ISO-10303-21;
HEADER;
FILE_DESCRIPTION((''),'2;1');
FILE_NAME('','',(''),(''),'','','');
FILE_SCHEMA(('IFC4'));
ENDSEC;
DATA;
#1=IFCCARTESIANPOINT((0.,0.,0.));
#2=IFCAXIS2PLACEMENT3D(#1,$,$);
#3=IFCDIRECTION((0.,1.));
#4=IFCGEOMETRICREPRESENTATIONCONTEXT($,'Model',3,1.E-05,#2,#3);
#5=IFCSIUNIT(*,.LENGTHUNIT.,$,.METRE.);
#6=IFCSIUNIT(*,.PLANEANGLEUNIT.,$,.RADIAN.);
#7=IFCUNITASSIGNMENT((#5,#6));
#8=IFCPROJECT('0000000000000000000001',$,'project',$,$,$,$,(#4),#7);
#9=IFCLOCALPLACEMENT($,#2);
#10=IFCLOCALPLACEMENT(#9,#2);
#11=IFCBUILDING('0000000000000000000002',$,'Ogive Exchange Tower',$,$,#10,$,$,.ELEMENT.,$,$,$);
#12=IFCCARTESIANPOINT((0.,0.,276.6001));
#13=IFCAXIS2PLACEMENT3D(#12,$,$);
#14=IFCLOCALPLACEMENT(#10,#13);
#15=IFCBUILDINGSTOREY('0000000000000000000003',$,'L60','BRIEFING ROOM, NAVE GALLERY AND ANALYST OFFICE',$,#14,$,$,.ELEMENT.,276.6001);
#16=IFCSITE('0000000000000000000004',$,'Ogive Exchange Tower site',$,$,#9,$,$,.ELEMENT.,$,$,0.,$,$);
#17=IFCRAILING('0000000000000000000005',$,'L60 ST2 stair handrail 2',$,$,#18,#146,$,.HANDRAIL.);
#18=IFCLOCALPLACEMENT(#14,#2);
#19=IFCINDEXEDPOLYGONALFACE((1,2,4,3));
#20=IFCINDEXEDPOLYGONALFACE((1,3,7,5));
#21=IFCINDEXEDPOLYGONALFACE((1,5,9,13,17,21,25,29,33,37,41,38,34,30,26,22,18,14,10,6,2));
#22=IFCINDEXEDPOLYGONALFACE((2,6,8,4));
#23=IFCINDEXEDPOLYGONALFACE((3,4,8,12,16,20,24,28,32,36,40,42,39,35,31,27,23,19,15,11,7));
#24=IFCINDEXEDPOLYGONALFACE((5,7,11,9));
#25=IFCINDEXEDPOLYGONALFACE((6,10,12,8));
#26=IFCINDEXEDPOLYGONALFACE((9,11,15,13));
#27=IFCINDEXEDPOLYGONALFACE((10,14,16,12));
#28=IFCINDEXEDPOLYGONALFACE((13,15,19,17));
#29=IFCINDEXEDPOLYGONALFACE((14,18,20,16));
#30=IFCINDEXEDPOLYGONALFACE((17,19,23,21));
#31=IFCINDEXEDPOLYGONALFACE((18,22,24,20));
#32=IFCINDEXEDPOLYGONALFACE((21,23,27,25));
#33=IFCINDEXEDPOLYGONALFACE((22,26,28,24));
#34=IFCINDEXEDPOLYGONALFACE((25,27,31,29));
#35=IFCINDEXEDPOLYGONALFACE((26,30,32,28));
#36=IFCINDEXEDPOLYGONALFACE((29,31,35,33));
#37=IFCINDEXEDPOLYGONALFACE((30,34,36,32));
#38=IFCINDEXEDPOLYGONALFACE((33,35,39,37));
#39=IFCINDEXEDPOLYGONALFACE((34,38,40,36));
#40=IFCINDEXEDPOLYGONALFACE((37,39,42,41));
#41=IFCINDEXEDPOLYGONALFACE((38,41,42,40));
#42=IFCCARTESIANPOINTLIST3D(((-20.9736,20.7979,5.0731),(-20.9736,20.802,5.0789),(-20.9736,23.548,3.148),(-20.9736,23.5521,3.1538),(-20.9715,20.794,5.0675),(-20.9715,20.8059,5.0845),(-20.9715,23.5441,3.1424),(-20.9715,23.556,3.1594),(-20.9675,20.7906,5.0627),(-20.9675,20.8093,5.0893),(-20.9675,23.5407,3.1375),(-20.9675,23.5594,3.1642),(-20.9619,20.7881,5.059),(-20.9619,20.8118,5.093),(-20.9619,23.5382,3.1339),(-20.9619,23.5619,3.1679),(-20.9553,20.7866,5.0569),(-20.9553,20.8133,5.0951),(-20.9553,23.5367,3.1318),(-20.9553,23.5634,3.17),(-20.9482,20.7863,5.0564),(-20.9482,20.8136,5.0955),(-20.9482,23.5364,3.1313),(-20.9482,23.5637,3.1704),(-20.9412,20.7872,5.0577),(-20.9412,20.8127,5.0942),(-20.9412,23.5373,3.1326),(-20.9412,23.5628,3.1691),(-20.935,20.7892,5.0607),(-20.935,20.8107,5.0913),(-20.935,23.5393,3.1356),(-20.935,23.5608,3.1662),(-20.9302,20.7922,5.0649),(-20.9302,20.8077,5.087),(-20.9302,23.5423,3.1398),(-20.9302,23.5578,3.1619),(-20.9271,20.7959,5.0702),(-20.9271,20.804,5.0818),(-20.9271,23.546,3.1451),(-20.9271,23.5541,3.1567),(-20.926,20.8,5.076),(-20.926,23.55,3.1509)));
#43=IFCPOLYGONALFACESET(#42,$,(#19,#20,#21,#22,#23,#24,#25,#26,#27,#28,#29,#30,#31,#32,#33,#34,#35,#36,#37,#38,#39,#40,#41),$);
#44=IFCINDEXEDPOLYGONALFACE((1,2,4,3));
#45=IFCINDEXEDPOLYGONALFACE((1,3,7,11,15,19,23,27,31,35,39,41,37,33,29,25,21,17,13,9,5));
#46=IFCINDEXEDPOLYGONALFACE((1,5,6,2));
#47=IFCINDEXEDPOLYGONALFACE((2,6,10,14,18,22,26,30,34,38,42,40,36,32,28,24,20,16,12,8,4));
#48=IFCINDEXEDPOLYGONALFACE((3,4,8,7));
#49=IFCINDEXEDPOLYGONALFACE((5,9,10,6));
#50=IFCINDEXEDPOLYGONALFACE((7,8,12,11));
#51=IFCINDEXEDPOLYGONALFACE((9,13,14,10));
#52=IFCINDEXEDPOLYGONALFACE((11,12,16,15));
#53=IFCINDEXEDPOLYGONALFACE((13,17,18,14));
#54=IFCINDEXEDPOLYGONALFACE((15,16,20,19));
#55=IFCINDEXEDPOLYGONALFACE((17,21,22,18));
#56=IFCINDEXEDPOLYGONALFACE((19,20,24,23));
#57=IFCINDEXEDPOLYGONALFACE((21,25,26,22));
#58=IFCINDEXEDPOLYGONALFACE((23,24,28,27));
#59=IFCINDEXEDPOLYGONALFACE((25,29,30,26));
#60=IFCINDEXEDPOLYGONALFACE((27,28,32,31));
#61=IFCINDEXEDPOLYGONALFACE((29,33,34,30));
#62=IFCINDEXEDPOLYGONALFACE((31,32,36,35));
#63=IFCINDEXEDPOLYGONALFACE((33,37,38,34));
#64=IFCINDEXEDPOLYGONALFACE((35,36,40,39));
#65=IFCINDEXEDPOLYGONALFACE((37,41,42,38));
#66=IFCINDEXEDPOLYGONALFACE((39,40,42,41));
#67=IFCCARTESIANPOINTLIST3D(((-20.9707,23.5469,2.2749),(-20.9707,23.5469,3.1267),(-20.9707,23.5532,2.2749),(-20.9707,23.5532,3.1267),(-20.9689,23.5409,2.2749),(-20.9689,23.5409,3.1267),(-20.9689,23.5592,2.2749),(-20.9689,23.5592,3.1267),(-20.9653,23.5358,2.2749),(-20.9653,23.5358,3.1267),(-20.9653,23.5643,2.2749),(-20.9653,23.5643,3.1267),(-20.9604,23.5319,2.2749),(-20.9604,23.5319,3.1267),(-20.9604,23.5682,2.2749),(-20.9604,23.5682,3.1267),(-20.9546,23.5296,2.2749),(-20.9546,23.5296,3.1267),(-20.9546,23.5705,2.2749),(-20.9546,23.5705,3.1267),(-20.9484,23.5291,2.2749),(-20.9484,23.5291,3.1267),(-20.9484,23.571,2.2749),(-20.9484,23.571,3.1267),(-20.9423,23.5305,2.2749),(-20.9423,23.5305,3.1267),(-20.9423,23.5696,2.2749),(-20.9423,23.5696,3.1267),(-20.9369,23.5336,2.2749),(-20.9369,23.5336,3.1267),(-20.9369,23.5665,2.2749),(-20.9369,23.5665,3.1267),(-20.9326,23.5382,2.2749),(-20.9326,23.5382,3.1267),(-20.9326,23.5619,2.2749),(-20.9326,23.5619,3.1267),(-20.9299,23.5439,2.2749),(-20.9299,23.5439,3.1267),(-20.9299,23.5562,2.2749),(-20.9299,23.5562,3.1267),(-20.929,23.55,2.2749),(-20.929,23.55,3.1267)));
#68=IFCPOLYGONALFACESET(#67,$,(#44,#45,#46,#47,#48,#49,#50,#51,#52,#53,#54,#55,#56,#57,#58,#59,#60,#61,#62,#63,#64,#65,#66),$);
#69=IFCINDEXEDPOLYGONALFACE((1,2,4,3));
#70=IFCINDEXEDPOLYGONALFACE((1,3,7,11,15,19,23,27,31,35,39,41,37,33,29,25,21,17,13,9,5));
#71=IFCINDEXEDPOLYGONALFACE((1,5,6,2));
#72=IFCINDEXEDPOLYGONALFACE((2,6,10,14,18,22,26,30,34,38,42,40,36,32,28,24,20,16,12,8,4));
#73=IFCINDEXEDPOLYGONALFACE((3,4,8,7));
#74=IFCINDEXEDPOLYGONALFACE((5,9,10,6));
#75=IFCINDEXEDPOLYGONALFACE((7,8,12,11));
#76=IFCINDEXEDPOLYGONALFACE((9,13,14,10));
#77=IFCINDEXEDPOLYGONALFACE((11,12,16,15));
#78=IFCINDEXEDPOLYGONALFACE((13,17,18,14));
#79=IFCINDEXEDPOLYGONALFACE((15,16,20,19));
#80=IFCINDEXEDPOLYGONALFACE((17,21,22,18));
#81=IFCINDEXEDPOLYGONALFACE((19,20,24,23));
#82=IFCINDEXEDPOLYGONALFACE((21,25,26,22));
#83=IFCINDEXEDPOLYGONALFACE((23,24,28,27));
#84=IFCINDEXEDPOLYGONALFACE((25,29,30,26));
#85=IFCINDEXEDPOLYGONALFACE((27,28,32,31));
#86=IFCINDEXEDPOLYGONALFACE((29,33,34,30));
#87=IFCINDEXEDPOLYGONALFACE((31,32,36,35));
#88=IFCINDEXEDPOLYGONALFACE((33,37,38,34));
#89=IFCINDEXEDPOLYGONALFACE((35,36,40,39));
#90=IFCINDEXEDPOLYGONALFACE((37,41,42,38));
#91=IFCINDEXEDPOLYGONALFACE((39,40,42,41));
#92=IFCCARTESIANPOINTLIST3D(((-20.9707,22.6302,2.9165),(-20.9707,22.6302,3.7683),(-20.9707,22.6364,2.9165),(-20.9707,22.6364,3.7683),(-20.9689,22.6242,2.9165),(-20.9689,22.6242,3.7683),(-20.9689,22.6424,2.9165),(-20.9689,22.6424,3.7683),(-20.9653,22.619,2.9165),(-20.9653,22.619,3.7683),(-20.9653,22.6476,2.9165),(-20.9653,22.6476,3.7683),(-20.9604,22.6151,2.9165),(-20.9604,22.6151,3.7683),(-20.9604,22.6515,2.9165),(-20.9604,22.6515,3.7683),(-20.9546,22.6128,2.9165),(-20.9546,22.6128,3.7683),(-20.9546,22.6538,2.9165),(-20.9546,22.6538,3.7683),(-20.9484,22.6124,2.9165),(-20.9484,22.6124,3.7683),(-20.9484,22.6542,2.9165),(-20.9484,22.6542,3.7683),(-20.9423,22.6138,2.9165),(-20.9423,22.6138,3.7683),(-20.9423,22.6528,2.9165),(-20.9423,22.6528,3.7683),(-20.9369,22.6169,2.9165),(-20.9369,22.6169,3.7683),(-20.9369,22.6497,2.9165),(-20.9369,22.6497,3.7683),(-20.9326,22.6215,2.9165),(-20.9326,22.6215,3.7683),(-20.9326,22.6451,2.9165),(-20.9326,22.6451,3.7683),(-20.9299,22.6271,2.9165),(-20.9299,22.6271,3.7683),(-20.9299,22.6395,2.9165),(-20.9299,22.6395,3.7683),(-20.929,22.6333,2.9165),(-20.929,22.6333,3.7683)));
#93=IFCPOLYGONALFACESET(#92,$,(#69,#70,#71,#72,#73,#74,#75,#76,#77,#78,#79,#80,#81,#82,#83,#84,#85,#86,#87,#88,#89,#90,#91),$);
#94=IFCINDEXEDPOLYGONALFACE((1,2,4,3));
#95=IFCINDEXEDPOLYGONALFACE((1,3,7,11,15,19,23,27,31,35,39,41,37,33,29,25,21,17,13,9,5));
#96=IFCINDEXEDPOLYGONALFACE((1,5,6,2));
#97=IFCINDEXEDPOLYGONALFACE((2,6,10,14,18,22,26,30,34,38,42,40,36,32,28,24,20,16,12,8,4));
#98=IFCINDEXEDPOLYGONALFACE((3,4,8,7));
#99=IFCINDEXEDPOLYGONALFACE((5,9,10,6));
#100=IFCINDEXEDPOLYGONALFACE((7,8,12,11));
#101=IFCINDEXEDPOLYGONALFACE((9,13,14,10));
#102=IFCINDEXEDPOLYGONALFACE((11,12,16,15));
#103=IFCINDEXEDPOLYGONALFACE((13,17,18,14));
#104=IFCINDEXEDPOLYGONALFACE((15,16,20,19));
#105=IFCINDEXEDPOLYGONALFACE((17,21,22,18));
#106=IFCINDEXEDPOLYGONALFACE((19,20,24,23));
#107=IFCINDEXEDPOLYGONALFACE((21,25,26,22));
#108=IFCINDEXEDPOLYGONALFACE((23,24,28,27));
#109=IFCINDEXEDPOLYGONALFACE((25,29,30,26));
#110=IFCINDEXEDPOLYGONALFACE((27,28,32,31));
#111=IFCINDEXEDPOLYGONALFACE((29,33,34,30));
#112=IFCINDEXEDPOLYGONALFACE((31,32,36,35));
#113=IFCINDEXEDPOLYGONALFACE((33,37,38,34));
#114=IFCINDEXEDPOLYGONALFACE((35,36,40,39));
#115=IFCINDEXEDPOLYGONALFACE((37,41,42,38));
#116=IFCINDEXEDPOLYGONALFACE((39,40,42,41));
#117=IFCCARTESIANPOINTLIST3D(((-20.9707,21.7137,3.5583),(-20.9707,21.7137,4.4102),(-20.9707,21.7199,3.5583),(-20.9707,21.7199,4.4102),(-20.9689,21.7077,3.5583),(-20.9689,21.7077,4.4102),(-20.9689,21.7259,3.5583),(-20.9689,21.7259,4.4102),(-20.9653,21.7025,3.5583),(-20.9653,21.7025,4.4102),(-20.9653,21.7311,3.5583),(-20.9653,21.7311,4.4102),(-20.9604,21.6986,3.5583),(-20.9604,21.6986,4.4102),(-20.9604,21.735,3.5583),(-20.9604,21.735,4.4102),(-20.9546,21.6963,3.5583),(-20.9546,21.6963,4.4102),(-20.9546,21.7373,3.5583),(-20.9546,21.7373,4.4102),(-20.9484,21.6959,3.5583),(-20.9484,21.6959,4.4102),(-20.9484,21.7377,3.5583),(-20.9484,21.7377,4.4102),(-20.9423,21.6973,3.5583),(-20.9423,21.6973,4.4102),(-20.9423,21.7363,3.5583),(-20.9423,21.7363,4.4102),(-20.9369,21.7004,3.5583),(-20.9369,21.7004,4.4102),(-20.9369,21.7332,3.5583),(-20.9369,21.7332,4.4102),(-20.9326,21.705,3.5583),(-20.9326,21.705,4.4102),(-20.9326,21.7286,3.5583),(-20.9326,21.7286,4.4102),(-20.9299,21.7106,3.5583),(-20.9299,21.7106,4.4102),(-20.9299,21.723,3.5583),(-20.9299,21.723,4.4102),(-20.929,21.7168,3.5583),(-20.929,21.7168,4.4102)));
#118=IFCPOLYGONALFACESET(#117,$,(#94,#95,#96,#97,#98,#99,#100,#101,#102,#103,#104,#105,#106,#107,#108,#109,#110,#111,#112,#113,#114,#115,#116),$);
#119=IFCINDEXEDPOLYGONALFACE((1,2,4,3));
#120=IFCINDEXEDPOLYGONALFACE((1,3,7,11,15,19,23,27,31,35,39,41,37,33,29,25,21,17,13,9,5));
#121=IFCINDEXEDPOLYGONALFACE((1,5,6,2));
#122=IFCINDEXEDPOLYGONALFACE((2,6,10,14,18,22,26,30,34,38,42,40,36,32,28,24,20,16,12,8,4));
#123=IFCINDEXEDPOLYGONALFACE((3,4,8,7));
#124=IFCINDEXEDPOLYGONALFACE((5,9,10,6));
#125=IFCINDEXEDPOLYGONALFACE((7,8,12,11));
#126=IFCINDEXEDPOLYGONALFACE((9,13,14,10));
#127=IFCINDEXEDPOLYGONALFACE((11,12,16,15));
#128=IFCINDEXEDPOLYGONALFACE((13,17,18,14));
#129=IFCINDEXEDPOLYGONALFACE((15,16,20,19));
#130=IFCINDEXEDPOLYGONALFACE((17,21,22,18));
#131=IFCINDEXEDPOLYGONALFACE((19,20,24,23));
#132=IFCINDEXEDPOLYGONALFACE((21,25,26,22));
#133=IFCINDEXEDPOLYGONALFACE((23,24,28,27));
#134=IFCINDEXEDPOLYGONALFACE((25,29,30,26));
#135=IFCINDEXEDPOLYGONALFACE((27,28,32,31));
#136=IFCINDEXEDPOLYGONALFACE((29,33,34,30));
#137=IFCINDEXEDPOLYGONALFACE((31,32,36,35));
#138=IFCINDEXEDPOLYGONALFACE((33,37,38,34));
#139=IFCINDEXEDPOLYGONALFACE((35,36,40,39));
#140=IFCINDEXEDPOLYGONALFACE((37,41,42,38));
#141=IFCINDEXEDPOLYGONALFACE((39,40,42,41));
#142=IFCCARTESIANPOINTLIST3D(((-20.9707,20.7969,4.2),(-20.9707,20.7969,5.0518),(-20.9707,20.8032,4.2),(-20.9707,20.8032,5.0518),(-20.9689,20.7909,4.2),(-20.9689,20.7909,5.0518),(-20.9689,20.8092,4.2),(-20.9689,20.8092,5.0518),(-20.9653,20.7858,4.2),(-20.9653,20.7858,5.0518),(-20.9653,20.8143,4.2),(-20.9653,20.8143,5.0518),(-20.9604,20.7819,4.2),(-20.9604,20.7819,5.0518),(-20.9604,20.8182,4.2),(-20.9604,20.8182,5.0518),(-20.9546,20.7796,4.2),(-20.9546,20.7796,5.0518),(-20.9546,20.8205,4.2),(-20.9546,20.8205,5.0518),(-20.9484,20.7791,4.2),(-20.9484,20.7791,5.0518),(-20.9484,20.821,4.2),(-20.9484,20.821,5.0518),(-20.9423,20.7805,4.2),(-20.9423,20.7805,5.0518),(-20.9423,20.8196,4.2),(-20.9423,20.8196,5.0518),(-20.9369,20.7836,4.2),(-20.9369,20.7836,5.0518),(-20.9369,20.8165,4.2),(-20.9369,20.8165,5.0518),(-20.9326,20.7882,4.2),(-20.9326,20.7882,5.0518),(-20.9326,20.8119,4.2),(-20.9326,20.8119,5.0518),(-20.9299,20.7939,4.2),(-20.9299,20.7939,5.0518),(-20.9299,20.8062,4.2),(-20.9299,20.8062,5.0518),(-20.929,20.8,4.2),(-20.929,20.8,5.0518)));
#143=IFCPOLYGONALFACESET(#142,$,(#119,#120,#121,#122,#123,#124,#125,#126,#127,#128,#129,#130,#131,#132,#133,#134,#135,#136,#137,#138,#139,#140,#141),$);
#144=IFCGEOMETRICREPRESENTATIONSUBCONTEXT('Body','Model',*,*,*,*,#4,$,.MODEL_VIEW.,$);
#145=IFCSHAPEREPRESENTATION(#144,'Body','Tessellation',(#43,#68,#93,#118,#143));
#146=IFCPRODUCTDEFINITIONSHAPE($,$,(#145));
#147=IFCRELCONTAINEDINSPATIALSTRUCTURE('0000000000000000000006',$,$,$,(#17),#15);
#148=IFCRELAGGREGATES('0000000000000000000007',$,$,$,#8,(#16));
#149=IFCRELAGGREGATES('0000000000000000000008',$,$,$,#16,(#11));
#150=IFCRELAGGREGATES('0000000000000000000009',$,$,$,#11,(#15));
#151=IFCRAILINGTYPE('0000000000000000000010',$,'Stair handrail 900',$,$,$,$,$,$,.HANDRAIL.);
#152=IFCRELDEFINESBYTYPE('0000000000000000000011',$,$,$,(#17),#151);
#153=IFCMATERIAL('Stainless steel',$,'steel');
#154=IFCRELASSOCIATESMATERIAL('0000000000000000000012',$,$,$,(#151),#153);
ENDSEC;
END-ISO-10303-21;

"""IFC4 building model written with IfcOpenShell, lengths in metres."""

from ifc_helpers import new_model, si_unit, direction, frame, origin, origin_2d, place, context, subcontext, project, spatial, circle, extrude, material, type_object, element, save


model = new_model("IFC4")

# Units and contexts
model_context = context("Model", 3, precision=1e-05, world=origin(), true_north=direction((0.0, 1.0)))
body_context = subcontext(model_context, "Body", "Model", "MODEL_VIEW")
ifc_project = project(units=[si_unit("LENGTHUNIT", "METRE"), si_unit("PLANEANGLEUNIT", "RADIAN")], contexts=[model_context])

# Site, building, storey
site_placement = place(None, origin())
site = spatial("IfcSite", under=ifc_project, at=site_placement, Name="Ogive Exchange Tower site", CompositionType="ELEMENT", RefElevation=0.0)
building_placement = place(site_placement, origin())
building = spatial("IfcBuilding", under=site, at=building_placement, Name="Ogive Exchange Tower", CompositionType="ELEMENT")
storey_placement = place(building_placement, frame((0.0, 0.0, 276.6001)))
storey = spatial("IfcBuildingStorey", under=building, at=storey_placement, Name="L60", Description="BRIEFING ROOM, NAVE GALLERY AND ANALYST OFFICE", CompositionType="ELEMENT", Elevation=276.6001)

# Railing
ifc_material_1 = material(Name="Stainless steel", Category="steel")
railing_type = type_object("IfcRailingType", Name="Stair handrail 900", PredefinedType="HANDRAIL", material=ifc_material_1)
railing_1_placement = place(storey_placement, frame((-20.95, 23.55, 2.2749)))
element("IfcRailing", 1, at=railing_1_placement, inside=storey, type_object=railing_type, Name="L60 ST2 stair handrail 2", PredefinedType="HANDRAIL", context=body_context, shape_type="SweptSolid", body=[
    extrude(circle(Radius=0.0239, at=origin_2d()), frame((0.0, 0.0, 0.876), z_axis=(0.0, -0.819225, 0.573472), x_axis=(1.0, 0.0, 0.0)), (0.0, 0.0, 1.0), 3.3569),
    extrude(circle(Radius=0.021, at=origin_2d()), origin(), (0.0, 0.0, 1.0), 0.8518),
    extrude(circle(Radius=0.021, at=origin_2d()), frame((0.0, -0.9167, 0.6416)), (0.0, 0.0, 1.0), 0.8518),
    extrude(circle(Radius=0.021, at=origin_2d()), frame((0.0, -1.8333, 1.2834)), (0.0, 0.0, 1.0), 0.8518),
    extrude(circle(Radius=0.021, at=origin_2d()), frame((0.0, -2.75, 1.925)), (0.0, 0.0, 1.0), 0.8518),
])

save(model, "model.ifc")
